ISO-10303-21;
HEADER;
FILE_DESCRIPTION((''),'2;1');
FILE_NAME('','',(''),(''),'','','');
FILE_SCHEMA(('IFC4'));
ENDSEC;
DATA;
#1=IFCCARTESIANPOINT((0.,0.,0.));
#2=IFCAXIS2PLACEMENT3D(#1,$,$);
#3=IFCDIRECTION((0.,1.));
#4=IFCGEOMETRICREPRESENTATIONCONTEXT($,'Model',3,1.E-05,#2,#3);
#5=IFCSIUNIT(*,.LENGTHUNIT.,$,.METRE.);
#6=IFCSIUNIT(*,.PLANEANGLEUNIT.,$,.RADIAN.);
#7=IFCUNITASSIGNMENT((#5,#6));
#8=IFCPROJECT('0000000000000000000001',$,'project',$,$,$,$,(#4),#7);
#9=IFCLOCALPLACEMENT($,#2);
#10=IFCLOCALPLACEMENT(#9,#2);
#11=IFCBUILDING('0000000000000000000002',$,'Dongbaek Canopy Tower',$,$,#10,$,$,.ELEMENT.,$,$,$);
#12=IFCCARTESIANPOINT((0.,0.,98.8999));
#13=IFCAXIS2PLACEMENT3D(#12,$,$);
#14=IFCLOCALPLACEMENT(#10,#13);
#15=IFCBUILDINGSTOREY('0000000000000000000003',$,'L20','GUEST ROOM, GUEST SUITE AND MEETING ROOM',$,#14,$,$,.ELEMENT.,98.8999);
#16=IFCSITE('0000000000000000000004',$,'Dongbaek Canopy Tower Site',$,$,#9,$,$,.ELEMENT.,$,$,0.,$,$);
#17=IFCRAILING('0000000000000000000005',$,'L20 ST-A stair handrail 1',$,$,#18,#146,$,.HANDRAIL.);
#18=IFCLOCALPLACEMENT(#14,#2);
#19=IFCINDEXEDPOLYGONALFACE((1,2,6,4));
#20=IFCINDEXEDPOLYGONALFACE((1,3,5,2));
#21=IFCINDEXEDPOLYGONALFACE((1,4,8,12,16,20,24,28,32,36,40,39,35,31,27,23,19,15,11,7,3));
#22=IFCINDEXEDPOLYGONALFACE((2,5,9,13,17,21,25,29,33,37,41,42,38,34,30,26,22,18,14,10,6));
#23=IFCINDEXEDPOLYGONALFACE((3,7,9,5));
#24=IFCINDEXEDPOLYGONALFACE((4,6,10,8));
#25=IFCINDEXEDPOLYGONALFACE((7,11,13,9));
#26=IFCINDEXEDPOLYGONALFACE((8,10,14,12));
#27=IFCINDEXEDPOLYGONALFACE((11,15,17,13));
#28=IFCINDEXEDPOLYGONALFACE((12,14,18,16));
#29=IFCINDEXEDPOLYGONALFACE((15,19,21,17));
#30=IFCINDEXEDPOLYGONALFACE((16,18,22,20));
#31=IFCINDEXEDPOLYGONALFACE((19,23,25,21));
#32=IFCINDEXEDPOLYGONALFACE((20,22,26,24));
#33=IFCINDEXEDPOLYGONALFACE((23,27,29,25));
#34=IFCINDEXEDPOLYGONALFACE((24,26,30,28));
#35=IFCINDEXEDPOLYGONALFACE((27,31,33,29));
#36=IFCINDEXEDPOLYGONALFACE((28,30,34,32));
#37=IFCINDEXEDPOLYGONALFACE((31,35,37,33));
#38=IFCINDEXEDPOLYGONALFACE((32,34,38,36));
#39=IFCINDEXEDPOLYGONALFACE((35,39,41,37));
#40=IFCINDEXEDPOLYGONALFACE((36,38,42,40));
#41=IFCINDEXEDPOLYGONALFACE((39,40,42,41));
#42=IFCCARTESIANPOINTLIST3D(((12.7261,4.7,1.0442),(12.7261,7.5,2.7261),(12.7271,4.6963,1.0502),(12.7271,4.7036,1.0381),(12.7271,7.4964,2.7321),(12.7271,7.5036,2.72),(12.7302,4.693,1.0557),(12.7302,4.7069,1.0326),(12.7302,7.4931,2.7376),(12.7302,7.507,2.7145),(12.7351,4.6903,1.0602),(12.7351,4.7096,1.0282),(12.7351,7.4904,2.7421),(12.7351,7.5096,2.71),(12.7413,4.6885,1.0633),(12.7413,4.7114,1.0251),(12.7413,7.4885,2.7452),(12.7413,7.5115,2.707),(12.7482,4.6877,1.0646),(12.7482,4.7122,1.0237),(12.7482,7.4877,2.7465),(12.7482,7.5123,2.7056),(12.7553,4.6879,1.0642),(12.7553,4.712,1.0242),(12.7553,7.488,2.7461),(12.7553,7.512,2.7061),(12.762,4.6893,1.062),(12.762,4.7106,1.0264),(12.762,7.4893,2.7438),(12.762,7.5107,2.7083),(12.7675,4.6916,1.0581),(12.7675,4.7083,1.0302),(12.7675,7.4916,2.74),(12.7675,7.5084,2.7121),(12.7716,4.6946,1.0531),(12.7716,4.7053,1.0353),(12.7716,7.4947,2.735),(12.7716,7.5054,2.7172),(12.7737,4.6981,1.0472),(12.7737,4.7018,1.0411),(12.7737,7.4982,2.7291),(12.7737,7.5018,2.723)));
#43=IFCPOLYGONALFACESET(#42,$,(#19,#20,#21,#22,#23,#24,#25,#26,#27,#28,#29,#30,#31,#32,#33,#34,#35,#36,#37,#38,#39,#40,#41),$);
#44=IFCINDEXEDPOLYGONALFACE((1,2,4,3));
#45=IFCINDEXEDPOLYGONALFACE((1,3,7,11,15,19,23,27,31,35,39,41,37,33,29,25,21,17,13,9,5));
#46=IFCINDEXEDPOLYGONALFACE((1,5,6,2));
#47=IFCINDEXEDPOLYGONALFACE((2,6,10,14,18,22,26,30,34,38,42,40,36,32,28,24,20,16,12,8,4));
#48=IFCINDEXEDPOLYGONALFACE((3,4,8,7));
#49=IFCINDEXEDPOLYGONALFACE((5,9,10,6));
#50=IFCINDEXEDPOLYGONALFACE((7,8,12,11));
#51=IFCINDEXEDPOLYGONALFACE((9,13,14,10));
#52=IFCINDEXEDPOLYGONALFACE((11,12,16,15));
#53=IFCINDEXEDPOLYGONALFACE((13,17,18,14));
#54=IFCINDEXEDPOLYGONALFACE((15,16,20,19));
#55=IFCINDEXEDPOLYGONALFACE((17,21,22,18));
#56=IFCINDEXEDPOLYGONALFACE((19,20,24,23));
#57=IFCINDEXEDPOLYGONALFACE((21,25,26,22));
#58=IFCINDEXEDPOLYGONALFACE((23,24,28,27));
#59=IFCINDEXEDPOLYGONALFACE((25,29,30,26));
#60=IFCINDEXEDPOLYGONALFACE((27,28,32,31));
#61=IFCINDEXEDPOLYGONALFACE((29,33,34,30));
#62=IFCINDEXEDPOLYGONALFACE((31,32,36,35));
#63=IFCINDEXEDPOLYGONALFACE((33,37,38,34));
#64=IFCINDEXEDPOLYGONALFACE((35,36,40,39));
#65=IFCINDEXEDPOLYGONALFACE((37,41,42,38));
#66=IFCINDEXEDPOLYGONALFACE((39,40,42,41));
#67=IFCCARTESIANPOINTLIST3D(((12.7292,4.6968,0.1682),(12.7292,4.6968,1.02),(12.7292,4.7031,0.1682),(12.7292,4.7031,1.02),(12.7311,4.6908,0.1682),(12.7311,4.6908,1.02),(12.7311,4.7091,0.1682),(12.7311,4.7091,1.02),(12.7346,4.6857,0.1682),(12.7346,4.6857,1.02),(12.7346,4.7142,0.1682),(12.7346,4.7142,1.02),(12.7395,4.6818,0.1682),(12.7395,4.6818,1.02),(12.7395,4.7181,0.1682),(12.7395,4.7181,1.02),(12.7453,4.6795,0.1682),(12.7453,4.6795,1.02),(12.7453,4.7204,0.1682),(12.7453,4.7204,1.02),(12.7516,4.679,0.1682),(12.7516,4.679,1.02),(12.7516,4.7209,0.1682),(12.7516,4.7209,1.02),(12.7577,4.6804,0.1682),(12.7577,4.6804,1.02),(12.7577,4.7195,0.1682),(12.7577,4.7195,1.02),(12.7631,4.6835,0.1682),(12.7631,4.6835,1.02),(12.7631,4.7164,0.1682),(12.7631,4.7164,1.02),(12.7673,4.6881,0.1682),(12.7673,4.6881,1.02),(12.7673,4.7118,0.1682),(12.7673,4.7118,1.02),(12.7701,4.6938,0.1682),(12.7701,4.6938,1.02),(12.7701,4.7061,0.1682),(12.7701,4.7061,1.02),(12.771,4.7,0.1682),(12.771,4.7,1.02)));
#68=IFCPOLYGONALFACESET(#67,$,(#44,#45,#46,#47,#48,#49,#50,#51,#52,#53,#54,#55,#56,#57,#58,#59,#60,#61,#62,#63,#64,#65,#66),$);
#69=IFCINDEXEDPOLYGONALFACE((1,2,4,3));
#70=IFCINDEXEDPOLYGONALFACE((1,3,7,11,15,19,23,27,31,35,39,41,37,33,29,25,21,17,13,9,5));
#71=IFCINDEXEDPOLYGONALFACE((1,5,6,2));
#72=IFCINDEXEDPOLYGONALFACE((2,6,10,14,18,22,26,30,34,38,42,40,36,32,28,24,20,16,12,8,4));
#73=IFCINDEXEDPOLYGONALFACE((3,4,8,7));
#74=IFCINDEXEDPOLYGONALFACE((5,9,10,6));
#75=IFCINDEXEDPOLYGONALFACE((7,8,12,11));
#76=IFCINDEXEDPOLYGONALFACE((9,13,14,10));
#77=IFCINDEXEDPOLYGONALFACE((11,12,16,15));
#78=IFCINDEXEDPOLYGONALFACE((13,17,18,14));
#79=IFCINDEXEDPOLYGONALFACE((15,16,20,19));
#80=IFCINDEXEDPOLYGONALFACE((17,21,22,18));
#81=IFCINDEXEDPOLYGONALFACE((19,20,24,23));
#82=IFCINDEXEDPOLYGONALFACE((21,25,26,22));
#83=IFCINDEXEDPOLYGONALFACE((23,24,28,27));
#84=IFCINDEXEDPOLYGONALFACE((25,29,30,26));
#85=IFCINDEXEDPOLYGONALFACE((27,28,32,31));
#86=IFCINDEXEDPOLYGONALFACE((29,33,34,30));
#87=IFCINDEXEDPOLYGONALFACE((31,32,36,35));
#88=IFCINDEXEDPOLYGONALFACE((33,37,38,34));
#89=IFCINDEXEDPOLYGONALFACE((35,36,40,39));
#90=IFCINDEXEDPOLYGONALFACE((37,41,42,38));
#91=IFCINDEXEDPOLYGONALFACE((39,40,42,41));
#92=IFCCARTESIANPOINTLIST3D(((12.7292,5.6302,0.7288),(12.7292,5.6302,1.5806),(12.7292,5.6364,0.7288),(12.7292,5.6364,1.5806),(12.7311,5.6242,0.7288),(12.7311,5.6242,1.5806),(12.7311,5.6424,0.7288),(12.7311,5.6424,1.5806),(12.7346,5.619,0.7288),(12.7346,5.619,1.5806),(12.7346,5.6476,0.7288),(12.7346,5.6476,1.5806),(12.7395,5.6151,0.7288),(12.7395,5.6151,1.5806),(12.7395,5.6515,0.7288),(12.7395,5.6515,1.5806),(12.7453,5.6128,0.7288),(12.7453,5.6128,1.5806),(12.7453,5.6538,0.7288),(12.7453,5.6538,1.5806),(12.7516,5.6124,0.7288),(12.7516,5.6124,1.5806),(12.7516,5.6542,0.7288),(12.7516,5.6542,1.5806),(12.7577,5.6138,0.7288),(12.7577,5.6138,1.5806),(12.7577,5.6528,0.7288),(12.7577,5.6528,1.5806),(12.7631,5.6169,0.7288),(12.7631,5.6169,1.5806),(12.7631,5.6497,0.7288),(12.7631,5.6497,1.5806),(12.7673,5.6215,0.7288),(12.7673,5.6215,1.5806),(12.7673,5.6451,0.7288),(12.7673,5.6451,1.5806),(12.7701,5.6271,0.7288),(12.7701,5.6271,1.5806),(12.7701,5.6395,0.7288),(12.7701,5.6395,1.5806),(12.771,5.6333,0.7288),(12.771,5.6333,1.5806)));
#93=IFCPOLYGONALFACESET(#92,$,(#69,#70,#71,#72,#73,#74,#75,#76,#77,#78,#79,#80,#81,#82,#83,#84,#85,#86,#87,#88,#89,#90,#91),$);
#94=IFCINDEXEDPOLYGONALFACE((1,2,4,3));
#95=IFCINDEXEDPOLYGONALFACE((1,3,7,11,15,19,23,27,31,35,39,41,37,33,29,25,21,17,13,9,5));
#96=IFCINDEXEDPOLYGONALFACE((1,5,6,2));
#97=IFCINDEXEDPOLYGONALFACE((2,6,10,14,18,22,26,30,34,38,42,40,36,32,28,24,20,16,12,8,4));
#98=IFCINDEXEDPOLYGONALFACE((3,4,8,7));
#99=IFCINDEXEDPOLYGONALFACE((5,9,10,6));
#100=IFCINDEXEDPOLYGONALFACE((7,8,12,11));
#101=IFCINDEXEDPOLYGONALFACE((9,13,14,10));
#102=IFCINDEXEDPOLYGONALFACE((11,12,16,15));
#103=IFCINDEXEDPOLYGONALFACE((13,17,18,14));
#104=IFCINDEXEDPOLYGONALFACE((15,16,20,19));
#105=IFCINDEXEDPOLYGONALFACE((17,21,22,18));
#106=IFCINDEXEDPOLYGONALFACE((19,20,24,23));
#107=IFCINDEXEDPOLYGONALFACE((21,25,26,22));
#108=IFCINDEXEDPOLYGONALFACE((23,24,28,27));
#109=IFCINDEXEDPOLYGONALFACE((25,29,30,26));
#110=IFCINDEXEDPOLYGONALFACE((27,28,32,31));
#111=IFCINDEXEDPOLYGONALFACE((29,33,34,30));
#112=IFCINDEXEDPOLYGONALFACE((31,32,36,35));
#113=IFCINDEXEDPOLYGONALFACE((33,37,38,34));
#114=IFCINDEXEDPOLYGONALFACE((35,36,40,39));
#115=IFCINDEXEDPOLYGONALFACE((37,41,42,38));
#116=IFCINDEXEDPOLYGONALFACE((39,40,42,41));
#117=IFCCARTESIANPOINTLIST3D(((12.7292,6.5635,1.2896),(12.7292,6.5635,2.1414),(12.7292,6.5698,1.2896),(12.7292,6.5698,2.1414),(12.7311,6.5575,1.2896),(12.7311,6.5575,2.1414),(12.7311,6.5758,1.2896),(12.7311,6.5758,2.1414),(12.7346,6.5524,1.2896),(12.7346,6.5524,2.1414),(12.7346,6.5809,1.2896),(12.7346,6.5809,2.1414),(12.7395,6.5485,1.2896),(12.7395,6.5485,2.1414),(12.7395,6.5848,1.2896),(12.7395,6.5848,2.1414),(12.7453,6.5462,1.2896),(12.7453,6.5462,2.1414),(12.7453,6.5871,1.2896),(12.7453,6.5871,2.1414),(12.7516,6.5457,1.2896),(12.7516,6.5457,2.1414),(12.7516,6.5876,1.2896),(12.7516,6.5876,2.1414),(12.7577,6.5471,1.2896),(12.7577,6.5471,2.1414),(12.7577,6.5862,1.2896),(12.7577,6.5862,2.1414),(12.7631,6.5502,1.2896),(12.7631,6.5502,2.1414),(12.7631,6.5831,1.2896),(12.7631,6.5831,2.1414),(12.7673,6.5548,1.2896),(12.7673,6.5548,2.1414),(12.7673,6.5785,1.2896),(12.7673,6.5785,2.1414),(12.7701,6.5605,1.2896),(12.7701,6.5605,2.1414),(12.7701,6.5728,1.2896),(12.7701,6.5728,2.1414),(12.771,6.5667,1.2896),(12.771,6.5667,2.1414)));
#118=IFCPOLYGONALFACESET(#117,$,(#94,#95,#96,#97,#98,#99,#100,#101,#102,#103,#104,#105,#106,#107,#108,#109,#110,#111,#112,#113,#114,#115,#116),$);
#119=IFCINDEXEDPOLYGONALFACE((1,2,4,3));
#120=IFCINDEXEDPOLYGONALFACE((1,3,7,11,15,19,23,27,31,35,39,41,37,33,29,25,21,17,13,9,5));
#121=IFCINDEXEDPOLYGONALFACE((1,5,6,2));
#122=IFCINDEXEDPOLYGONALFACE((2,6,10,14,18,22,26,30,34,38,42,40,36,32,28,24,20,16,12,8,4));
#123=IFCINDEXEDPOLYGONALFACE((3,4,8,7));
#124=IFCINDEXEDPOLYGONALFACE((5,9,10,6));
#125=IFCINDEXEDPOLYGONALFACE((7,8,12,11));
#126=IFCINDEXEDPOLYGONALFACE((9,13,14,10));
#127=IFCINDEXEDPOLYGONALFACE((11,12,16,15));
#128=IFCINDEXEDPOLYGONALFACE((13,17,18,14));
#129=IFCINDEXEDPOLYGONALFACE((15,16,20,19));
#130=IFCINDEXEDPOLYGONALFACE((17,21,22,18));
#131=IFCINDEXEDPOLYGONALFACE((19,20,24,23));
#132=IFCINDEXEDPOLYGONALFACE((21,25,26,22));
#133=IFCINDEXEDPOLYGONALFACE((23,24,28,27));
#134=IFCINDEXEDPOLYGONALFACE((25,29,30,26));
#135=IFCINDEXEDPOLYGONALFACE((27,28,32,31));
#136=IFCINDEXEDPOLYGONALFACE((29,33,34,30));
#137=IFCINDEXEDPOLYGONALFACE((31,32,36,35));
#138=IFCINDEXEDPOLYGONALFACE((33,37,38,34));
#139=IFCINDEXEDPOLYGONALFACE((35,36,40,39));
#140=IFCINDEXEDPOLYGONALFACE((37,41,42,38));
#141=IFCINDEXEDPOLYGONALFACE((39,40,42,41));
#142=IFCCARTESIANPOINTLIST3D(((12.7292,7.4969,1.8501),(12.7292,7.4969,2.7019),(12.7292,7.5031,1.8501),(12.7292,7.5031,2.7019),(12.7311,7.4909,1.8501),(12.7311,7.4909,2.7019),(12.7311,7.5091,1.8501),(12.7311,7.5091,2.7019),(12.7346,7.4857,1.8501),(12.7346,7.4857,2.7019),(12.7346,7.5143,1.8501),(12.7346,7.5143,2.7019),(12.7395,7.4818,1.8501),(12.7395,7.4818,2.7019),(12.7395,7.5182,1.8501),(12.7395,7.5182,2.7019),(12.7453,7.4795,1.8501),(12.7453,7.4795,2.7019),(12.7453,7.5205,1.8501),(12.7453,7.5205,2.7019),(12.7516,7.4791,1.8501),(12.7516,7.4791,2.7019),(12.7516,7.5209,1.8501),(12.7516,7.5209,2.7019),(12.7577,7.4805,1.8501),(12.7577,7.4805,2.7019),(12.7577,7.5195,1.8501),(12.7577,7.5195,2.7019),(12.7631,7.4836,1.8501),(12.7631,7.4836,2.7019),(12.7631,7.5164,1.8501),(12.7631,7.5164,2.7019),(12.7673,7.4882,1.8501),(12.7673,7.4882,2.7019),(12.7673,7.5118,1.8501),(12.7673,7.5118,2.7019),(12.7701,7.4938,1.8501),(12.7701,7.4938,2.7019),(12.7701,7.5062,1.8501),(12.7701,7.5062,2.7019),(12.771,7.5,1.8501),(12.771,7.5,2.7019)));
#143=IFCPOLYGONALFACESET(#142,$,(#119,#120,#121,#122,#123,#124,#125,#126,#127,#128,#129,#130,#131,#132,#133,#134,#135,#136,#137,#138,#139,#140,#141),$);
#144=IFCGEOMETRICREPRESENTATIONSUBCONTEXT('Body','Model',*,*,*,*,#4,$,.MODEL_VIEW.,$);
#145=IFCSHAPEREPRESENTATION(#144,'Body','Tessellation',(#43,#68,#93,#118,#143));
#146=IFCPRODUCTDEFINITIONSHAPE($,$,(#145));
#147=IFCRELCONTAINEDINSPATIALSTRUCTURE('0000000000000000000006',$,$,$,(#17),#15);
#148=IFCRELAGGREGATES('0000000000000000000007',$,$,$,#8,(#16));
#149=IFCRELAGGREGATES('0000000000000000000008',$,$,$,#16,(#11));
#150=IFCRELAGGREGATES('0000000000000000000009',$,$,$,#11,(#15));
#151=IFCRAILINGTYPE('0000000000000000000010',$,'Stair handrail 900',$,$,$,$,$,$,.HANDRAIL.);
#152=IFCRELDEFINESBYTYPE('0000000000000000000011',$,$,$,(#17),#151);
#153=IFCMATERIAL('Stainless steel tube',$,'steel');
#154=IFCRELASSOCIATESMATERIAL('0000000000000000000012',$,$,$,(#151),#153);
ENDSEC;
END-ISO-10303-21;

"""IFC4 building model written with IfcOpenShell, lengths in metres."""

from ifc_helpers import new_model, si_unit, direction, frame, origin, origin_2d, place, context, subcontext, project, spatial, circle, extrude, material, type_object, element, save


model = new_model("IFC4")

# Units and contexts
model_context = context("Model", 3, precision=1e-05, world=origin(), true_north=direction((0.0, 1.0)))
body_context = subcontext(model_context, "Body", "Model", "MODEL_VIEW")
ifc_project = project(units=[si_unit("LENGTHUNIT", "METRE"), si_unit("PLANEANGLEUNIT", "RADIAN")], contexts=[model_context])

# Site, building, storey
site_placement = place(None, origin())
site = spatial("IfcSite", under=ifc_project, at=site_placement, Name="Dongbaek Canopy Tower Site", CompositionType="ELEMENT", RefElevation=0.0)
building_placement = place(site_placement, origin())
building = spatial("IfcBuilding", under=site, at=building_placement, Name="Dongbaek Canopy Tower", CompositionType="ELEMENT")
storey_placement = place(building_placement, frame((0.0, 0.0, 98.8999)))
storey = spatial("IfcBuildingStorey", under=building, at=storey_placement, Name="L20", Description="GUEST ROOM, GUEST SUITE AND MEETING ROOM", CompositionType="ELEMENT", Elevation=98.8999)

# Railing
ifc_material_1 = material(Name="Stainless steel tube", Category="steel")
railing_type_1 = type_object("IfcRailingType", Name="Stair handrail 900", PredefinedType="HANDRAIL", material=ifc_material_1)
railing_1_placement = place(storey_placement, frame((12.75, 4.7, 0.1682)))
element("IfcRailing", 1, at=railing_1_placement, inside=storey, type_object=railing_type_1, Name="L20 ST-A stair handrail 1", PredefinedType="HANDRAIL", context=body_context, shape_type="SweptSolid", body=[
    extrude(circle(Radius=0.0239, at=origin_2d()), frame((0.0, 0.0, 0.876), z_axis=(0.0, 0.857242, 0.514913), x_axis=(-1.0, 0.0, 0.0)), (0.0, 0.0, 1.0), 3.2664),
    extrude(circle(Radius=0.021, at=origin_2d()), origin(), (0.0, 0.0, 1.0), 0.8518),
    extrude(circle(Radius=0.021, at=origin_2d()), frame((0.0, 0.9333, 0.5605)), (0.0, 0.0, 1.0), 0.8518),
    extrude(circle(Radius=0.021, at=origin_2d()), frame((0.0, 1.8667, 1.1213)), (0.0, 0.0, 1.0), 0.8518),
    extrude(circle(Radius=0.021, at=origin_2d()), frame((0.0, 2.8, 1.6819)), (0.0, 0.0, 1.0), 0.8518),
])

save(model, "model.ifc")
